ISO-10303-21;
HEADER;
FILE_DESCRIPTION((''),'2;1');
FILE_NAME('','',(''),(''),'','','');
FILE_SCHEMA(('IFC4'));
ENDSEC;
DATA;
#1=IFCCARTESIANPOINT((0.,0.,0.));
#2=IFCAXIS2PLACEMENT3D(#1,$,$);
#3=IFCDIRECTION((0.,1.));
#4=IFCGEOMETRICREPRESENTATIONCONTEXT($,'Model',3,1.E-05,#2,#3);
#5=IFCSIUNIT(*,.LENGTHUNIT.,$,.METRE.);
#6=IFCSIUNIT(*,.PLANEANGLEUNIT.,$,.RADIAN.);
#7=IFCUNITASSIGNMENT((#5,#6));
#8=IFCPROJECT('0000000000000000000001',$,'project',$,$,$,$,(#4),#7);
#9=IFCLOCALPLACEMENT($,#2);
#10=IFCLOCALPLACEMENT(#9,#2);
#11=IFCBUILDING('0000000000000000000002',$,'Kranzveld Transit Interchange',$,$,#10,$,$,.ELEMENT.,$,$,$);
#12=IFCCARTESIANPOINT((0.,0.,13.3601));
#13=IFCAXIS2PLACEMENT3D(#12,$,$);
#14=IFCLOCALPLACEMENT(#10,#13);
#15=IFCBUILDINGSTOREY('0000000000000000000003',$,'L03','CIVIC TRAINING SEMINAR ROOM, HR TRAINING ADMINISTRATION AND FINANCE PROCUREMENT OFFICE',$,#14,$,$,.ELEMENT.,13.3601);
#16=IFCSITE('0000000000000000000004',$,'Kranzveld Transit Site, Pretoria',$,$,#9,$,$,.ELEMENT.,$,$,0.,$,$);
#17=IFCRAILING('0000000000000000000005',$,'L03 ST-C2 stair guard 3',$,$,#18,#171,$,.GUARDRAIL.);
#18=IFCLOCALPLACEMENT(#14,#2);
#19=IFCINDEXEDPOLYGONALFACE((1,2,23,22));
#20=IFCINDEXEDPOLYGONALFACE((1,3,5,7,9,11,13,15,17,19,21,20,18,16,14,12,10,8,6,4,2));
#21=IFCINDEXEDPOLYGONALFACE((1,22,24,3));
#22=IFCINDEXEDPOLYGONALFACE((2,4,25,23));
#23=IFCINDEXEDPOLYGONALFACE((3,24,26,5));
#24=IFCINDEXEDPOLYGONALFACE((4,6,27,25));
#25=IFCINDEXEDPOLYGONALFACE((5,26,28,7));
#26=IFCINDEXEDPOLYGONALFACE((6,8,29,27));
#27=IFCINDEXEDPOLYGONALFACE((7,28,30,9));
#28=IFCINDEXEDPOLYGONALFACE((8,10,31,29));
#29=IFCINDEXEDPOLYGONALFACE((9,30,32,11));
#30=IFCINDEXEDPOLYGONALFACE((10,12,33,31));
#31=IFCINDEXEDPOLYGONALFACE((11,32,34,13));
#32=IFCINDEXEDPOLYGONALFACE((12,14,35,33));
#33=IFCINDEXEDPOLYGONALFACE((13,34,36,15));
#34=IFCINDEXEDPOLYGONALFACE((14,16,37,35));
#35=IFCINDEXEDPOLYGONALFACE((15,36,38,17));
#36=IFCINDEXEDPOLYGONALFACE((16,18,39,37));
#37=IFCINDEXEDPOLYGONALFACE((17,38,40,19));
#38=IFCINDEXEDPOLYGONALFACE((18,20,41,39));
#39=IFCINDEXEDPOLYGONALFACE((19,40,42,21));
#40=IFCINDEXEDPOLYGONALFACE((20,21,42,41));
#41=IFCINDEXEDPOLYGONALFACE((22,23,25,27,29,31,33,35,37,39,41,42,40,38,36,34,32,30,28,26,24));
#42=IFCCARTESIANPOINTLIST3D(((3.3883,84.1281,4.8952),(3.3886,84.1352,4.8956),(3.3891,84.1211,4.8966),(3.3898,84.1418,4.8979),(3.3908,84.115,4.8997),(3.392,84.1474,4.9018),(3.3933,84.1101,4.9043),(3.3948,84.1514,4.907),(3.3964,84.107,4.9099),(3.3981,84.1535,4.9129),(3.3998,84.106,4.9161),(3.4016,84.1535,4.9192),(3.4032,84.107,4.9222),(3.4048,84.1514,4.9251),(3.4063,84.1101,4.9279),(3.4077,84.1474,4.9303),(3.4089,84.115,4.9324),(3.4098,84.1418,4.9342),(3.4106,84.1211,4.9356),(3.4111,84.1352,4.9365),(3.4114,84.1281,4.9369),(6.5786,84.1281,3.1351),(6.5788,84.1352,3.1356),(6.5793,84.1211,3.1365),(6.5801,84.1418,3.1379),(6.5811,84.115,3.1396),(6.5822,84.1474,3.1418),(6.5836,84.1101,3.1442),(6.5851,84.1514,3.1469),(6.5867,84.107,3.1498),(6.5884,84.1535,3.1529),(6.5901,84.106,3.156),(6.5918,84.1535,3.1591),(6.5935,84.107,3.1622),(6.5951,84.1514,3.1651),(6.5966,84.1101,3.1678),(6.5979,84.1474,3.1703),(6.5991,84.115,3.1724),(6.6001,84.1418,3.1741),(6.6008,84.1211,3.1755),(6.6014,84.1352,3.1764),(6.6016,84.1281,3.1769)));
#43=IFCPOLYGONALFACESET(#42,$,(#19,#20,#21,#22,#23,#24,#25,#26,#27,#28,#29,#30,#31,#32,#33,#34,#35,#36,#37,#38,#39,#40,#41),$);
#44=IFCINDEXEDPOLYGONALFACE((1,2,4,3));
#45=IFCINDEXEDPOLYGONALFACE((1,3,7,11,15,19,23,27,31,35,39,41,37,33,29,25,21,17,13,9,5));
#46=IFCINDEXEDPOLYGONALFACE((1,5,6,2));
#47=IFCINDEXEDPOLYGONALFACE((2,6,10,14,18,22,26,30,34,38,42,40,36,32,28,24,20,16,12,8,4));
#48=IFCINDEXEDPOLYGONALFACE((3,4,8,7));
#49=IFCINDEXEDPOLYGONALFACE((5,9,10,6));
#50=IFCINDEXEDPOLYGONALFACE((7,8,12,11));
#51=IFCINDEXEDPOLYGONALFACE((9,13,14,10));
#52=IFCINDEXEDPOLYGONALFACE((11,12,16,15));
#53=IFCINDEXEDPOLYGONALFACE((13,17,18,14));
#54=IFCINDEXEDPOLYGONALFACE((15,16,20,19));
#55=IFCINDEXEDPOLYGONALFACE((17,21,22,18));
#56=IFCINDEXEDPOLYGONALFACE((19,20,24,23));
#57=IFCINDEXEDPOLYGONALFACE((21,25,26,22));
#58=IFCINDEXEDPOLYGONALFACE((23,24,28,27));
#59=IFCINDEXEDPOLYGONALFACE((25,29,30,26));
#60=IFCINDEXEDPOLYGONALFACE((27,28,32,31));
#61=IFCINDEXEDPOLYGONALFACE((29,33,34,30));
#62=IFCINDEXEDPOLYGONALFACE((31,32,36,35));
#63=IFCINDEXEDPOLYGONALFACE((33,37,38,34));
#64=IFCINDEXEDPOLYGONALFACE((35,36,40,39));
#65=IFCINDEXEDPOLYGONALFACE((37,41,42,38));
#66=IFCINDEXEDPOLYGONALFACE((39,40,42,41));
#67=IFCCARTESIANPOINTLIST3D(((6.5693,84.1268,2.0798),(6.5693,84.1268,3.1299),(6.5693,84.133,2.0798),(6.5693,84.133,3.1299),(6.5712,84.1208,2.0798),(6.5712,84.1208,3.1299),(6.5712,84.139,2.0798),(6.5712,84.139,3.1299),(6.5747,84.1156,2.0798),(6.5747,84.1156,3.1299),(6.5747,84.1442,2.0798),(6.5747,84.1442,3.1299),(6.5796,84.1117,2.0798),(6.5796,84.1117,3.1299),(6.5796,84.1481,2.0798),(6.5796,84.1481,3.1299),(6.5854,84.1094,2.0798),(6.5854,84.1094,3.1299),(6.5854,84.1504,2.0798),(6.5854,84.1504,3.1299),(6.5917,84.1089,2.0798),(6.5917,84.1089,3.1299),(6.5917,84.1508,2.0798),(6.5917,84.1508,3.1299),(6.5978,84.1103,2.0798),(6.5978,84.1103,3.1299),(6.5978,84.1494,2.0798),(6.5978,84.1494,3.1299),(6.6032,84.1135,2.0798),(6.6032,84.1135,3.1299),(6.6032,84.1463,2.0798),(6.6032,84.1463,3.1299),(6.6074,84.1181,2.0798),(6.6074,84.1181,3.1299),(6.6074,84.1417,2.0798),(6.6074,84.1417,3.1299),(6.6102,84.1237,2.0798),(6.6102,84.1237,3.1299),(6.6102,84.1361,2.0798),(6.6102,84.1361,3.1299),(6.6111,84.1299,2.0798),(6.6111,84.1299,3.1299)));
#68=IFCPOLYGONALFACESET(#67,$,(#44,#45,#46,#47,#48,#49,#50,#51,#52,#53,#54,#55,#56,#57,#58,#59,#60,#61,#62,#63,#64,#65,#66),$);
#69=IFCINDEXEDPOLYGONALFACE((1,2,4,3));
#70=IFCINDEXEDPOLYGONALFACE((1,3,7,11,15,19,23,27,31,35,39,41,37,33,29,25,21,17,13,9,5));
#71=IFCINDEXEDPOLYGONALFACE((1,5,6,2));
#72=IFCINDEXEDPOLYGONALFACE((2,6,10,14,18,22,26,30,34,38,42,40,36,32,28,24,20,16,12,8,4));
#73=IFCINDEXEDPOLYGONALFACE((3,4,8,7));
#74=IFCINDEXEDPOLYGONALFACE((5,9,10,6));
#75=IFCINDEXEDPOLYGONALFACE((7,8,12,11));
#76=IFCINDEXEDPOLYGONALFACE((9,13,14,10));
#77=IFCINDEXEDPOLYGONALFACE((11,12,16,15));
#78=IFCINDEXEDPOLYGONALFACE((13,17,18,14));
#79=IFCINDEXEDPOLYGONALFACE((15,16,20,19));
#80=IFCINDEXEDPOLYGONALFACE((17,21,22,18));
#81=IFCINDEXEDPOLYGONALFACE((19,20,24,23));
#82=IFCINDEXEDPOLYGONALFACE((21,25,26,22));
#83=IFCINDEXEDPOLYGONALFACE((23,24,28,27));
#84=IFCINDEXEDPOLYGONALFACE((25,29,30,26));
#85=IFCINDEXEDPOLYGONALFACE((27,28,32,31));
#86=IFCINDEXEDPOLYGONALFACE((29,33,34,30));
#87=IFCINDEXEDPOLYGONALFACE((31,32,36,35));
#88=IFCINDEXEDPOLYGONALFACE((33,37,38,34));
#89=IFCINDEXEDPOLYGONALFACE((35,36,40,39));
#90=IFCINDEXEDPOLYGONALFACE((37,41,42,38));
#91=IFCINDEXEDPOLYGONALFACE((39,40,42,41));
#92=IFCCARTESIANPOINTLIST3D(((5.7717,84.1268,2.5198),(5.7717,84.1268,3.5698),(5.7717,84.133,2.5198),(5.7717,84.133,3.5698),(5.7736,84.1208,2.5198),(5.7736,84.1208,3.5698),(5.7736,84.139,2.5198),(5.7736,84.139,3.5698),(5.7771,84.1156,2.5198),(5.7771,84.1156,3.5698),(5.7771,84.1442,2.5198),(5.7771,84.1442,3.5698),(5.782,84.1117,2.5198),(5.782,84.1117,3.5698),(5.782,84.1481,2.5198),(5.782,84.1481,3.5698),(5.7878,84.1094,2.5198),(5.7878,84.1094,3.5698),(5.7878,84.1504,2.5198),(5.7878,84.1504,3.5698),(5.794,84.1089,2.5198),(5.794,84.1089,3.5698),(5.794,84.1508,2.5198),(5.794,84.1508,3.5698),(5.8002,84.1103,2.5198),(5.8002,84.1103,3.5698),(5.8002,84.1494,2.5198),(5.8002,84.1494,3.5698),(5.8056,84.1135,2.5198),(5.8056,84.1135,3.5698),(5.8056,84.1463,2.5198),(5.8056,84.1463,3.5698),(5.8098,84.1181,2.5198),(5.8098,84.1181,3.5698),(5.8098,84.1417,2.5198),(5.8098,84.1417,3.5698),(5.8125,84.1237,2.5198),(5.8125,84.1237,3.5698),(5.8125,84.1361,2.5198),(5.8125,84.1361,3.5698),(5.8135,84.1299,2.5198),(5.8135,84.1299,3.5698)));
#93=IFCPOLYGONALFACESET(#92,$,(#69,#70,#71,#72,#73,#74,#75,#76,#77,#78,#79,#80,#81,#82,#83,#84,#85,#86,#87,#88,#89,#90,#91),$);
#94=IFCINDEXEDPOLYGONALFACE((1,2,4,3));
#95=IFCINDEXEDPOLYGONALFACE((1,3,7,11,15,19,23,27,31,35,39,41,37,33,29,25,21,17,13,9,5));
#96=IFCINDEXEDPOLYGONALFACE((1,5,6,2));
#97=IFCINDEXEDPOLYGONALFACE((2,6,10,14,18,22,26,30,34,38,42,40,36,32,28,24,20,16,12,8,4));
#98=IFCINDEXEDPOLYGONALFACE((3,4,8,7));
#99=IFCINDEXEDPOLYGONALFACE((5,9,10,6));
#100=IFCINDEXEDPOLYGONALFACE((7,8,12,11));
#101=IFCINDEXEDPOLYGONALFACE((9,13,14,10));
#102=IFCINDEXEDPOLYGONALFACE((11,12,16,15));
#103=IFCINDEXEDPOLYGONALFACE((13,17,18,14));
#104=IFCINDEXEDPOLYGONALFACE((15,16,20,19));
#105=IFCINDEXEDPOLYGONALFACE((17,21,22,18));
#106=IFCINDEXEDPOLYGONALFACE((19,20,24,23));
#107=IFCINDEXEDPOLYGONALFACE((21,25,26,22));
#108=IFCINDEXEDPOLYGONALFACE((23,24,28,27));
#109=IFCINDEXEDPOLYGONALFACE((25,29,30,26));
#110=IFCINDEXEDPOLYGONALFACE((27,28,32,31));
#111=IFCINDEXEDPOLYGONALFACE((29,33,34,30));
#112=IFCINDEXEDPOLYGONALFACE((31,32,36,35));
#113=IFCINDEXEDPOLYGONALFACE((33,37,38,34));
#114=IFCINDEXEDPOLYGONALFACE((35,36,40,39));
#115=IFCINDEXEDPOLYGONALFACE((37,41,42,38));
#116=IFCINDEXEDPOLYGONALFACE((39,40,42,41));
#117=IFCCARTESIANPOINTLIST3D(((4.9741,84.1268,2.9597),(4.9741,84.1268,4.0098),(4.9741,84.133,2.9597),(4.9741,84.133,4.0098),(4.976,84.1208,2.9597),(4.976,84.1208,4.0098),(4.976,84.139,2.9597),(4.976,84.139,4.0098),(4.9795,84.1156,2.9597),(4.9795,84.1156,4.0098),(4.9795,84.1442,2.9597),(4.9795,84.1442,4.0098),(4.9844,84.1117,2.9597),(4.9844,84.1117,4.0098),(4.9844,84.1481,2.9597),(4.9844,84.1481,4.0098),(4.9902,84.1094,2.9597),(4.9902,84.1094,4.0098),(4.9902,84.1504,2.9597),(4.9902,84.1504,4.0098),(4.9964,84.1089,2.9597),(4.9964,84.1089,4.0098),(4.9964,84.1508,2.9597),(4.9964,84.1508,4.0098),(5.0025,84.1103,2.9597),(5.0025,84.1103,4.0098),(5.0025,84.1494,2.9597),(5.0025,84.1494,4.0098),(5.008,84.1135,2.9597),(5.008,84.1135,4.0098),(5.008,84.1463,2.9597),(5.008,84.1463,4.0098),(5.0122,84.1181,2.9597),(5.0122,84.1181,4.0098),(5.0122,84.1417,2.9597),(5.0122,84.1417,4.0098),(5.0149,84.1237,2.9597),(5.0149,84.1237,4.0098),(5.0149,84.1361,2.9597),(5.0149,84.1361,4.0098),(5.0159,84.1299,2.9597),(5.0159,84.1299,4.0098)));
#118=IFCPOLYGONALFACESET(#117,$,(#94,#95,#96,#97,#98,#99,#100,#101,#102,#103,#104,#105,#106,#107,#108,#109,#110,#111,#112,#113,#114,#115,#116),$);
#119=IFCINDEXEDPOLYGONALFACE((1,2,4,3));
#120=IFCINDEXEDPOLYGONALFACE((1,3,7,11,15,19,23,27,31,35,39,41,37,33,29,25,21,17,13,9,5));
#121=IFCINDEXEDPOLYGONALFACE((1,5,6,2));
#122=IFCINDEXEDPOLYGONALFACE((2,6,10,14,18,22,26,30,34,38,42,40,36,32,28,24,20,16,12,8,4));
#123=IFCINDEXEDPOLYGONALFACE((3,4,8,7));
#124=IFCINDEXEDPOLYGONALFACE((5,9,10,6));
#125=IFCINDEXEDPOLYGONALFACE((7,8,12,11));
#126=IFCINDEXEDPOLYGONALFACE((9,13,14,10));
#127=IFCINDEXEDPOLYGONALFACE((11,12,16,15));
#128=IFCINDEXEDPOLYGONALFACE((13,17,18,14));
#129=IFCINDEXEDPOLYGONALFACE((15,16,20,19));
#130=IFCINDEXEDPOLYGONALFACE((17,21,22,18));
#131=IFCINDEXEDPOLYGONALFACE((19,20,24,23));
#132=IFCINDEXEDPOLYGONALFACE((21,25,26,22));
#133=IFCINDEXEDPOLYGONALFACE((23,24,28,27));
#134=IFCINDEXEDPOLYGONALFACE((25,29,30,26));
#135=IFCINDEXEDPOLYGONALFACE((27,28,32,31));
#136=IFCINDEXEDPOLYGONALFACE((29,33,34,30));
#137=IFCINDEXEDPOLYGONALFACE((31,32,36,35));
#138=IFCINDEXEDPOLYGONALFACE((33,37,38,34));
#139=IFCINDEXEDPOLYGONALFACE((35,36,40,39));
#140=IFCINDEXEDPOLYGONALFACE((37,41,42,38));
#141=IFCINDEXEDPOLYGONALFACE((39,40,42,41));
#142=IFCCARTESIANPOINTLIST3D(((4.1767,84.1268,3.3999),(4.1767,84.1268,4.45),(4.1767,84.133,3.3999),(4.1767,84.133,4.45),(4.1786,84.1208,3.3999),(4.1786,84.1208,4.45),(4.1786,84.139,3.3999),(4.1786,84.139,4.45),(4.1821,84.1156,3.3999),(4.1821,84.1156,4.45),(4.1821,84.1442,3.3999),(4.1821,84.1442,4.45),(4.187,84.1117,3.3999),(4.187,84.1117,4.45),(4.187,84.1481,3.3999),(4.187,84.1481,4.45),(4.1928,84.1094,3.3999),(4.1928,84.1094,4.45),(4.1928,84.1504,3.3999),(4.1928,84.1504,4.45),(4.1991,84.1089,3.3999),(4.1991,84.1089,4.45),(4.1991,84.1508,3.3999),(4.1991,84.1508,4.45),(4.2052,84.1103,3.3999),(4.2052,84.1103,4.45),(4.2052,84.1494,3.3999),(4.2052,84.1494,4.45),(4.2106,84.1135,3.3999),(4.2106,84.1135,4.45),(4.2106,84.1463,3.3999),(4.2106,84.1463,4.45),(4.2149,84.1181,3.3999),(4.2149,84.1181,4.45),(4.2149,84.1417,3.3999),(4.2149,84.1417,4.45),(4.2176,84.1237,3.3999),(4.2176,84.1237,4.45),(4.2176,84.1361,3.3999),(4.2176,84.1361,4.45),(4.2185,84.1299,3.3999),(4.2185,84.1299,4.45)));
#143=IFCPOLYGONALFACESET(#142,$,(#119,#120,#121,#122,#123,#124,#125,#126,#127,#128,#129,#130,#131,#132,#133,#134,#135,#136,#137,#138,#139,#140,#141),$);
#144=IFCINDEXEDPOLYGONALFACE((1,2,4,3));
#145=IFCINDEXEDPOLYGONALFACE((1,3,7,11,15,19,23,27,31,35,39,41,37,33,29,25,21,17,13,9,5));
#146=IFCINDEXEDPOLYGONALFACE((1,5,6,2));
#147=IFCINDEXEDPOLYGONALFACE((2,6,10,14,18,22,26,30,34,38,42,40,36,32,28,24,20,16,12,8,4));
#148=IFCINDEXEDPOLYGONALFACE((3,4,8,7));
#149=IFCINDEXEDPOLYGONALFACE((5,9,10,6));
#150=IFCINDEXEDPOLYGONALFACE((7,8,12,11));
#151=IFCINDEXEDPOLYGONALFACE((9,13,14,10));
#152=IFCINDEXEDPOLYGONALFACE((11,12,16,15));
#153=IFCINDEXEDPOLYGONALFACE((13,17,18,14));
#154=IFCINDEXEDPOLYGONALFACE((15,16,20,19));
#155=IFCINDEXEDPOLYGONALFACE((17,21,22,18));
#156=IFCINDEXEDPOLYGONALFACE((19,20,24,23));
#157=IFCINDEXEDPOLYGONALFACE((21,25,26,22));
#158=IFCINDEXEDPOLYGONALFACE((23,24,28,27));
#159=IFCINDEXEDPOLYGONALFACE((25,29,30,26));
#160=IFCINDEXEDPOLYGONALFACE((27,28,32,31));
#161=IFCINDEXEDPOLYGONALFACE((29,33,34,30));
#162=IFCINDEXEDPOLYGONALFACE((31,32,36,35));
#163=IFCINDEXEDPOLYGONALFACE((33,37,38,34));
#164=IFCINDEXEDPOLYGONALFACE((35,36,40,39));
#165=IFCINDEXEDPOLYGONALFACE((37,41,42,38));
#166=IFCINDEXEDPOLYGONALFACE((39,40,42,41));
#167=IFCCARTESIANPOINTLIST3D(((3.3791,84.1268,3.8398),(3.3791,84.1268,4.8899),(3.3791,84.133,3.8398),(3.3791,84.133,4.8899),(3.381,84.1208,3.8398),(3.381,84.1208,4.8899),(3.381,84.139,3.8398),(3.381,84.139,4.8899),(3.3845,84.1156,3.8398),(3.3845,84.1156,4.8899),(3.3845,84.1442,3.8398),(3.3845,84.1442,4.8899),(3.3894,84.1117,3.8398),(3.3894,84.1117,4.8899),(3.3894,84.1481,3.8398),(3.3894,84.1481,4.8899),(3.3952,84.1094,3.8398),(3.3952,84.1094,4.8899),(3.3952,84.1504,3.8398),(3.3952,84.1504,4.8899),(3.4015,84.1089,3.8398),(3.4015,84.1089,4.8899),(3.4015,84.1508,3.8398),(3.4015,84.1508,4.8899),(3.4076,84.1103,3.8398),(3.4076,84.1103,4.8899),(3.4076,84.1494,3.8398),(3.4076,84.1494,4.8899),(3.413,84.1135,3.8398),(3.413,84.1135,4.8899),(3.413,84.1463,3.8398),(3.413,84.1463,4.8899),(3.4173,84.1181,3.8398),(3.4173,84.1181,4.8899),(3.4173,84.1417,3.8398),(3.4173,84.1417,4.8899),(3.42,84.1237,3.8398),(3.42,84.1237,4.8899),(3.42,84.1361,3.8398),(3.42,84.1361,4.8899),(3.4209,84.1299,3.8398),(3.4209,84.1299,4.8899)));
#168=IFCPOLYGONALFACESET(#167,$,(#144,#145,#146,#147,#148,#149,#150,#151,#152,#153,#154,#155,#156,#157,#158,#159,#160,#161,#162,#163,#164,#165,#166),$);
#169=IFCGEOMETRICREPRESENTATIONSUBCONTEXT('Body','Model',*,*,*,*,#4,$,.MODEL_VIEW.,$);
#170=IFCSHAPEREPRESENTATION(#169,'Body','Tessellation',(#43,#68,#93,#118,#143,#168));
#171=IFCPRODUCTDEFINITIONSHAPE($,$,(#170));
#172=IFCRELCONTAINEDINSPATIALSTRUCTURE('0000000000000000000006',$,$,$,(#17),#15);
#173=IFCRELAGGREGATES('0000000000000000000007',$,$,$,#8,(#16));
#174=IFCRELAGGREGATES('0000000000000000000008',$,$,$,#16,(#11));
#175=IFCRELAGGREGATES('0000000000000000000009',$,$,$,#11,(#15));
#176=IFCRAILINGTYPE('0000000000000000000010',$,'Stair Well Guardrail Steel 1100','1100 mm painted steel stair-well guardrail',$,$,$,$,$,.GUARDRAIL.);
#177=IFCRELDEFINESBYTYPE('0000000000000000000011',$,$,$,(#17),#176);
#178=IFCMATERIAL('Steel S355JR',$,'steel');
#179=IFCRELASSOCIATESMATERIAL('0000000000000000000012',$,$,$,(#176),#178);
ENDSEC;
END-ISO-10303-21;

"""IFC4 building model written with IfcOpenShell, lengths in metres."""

from ifc_helpers import new_model, si_unit, direction, frame, origin, origin_2d, place, context, subcontext, project, spatial, circle, extrude, material, type_object, element, save


model = new_model("IFC4")

# Units and contexts
model_context = context("Model", 3, precision=1e-05, world=origin(), true_north=direction((0.0, 1.0)))
body_context = subcontext(model_context, "Body", "Model", "MODEL_VIEW")
ifc_project = project(units=[si_unit("LENGTHUNIT", "METRE"), si_unit("PLANEANGLEUNIT", "RADIAN")], contexts=[model_context])

# Site, building, storey
site_placement = place(None, origin())
site = spatial("IfcSite", under=ifc_project, at=site_placement, Name="Kranzveld Transit Site, Pretoria", CompositionType="ELEMENT", RefElevation=0.0)
building_placement = place(site_placement, origin())
building = spatial("IfcBuilding", under=site, at=building_placement, Name="Kranzveld Transit Interchange", CompositionType="ELEMENT")
storey_placement = place(building_placement, frame((0.0, 0.0, 13.3601)))
storey = spatial("IfcBuildingStorey", under=building, at=storey_placement, Name="L03", Description="CIVIC TRAINING SEMINAR ROOM, HR TRAINING ADMINISTRATION AND FINANCE PROCUREMENT OFFICE", CompositionType="ELEMENT", Elevation=13.3601)

# Railing
ifc_material_1 = material(Name="Steel S355JR", Category="steel")
railing_type_1 = type_object("IfcRailingType", Name="Stair Well Guardrail Steel 1100", Description="1100 mm painted steel stair-well guardrail", PredefinedType="GUARDRAIL", material=ifc_material_1)
railing_1_placement = place(storey_placement, frame((6.5901, 84.1299, 2.0798)))
element("IfcRailing", 1, at=railing_1_placement, inside=storey, type_object=railing_type_1, Name="L03 ST-C2 stair guard 3", PredefinedType="GUARDRAIL", context=body_context, shape_type="SweptSolid", body=[
    extrude(circle(Radius=0.0239, at=origin_2d()), frame((0.0, 0.0, 1.0762), z_axis=(-0.875588, 0.0, 0.483058), x_axis=(0.0, -1.0, 0.0)), (0.0, 0.0, 1.0), 3.6436),
    extrude(circle(Radius=0.021, at=origin_2d()), origin(), (0.0, 0.0, 1.0), 1.05),
    extrude(circle(Radius=0.021, at=origin_2d()), frame((-0.7976, 0.0, 0.4399)), (0.0, 0.0, 1.0), 1.05),
    extrude(circle(Radius=0.021, at=origin_2d()), frame((-1.5952, 0.0, 0.8799)), (0.0, 0.0, 1.0), 1.05),
    extrude(circle(Radius=0.021, at=origin_2d()), frame((-2.3926, 0.0, 1.3201)), (0.0, 0.0, 1.0), 1.05),
    extrude(circle(Radius=0.021, at=origin_2d()), frame((-3.1902, 0.0, 1.76)), (0.0, 0.0, 1.0), 1.05),
])

save(model, "model.ifc")
